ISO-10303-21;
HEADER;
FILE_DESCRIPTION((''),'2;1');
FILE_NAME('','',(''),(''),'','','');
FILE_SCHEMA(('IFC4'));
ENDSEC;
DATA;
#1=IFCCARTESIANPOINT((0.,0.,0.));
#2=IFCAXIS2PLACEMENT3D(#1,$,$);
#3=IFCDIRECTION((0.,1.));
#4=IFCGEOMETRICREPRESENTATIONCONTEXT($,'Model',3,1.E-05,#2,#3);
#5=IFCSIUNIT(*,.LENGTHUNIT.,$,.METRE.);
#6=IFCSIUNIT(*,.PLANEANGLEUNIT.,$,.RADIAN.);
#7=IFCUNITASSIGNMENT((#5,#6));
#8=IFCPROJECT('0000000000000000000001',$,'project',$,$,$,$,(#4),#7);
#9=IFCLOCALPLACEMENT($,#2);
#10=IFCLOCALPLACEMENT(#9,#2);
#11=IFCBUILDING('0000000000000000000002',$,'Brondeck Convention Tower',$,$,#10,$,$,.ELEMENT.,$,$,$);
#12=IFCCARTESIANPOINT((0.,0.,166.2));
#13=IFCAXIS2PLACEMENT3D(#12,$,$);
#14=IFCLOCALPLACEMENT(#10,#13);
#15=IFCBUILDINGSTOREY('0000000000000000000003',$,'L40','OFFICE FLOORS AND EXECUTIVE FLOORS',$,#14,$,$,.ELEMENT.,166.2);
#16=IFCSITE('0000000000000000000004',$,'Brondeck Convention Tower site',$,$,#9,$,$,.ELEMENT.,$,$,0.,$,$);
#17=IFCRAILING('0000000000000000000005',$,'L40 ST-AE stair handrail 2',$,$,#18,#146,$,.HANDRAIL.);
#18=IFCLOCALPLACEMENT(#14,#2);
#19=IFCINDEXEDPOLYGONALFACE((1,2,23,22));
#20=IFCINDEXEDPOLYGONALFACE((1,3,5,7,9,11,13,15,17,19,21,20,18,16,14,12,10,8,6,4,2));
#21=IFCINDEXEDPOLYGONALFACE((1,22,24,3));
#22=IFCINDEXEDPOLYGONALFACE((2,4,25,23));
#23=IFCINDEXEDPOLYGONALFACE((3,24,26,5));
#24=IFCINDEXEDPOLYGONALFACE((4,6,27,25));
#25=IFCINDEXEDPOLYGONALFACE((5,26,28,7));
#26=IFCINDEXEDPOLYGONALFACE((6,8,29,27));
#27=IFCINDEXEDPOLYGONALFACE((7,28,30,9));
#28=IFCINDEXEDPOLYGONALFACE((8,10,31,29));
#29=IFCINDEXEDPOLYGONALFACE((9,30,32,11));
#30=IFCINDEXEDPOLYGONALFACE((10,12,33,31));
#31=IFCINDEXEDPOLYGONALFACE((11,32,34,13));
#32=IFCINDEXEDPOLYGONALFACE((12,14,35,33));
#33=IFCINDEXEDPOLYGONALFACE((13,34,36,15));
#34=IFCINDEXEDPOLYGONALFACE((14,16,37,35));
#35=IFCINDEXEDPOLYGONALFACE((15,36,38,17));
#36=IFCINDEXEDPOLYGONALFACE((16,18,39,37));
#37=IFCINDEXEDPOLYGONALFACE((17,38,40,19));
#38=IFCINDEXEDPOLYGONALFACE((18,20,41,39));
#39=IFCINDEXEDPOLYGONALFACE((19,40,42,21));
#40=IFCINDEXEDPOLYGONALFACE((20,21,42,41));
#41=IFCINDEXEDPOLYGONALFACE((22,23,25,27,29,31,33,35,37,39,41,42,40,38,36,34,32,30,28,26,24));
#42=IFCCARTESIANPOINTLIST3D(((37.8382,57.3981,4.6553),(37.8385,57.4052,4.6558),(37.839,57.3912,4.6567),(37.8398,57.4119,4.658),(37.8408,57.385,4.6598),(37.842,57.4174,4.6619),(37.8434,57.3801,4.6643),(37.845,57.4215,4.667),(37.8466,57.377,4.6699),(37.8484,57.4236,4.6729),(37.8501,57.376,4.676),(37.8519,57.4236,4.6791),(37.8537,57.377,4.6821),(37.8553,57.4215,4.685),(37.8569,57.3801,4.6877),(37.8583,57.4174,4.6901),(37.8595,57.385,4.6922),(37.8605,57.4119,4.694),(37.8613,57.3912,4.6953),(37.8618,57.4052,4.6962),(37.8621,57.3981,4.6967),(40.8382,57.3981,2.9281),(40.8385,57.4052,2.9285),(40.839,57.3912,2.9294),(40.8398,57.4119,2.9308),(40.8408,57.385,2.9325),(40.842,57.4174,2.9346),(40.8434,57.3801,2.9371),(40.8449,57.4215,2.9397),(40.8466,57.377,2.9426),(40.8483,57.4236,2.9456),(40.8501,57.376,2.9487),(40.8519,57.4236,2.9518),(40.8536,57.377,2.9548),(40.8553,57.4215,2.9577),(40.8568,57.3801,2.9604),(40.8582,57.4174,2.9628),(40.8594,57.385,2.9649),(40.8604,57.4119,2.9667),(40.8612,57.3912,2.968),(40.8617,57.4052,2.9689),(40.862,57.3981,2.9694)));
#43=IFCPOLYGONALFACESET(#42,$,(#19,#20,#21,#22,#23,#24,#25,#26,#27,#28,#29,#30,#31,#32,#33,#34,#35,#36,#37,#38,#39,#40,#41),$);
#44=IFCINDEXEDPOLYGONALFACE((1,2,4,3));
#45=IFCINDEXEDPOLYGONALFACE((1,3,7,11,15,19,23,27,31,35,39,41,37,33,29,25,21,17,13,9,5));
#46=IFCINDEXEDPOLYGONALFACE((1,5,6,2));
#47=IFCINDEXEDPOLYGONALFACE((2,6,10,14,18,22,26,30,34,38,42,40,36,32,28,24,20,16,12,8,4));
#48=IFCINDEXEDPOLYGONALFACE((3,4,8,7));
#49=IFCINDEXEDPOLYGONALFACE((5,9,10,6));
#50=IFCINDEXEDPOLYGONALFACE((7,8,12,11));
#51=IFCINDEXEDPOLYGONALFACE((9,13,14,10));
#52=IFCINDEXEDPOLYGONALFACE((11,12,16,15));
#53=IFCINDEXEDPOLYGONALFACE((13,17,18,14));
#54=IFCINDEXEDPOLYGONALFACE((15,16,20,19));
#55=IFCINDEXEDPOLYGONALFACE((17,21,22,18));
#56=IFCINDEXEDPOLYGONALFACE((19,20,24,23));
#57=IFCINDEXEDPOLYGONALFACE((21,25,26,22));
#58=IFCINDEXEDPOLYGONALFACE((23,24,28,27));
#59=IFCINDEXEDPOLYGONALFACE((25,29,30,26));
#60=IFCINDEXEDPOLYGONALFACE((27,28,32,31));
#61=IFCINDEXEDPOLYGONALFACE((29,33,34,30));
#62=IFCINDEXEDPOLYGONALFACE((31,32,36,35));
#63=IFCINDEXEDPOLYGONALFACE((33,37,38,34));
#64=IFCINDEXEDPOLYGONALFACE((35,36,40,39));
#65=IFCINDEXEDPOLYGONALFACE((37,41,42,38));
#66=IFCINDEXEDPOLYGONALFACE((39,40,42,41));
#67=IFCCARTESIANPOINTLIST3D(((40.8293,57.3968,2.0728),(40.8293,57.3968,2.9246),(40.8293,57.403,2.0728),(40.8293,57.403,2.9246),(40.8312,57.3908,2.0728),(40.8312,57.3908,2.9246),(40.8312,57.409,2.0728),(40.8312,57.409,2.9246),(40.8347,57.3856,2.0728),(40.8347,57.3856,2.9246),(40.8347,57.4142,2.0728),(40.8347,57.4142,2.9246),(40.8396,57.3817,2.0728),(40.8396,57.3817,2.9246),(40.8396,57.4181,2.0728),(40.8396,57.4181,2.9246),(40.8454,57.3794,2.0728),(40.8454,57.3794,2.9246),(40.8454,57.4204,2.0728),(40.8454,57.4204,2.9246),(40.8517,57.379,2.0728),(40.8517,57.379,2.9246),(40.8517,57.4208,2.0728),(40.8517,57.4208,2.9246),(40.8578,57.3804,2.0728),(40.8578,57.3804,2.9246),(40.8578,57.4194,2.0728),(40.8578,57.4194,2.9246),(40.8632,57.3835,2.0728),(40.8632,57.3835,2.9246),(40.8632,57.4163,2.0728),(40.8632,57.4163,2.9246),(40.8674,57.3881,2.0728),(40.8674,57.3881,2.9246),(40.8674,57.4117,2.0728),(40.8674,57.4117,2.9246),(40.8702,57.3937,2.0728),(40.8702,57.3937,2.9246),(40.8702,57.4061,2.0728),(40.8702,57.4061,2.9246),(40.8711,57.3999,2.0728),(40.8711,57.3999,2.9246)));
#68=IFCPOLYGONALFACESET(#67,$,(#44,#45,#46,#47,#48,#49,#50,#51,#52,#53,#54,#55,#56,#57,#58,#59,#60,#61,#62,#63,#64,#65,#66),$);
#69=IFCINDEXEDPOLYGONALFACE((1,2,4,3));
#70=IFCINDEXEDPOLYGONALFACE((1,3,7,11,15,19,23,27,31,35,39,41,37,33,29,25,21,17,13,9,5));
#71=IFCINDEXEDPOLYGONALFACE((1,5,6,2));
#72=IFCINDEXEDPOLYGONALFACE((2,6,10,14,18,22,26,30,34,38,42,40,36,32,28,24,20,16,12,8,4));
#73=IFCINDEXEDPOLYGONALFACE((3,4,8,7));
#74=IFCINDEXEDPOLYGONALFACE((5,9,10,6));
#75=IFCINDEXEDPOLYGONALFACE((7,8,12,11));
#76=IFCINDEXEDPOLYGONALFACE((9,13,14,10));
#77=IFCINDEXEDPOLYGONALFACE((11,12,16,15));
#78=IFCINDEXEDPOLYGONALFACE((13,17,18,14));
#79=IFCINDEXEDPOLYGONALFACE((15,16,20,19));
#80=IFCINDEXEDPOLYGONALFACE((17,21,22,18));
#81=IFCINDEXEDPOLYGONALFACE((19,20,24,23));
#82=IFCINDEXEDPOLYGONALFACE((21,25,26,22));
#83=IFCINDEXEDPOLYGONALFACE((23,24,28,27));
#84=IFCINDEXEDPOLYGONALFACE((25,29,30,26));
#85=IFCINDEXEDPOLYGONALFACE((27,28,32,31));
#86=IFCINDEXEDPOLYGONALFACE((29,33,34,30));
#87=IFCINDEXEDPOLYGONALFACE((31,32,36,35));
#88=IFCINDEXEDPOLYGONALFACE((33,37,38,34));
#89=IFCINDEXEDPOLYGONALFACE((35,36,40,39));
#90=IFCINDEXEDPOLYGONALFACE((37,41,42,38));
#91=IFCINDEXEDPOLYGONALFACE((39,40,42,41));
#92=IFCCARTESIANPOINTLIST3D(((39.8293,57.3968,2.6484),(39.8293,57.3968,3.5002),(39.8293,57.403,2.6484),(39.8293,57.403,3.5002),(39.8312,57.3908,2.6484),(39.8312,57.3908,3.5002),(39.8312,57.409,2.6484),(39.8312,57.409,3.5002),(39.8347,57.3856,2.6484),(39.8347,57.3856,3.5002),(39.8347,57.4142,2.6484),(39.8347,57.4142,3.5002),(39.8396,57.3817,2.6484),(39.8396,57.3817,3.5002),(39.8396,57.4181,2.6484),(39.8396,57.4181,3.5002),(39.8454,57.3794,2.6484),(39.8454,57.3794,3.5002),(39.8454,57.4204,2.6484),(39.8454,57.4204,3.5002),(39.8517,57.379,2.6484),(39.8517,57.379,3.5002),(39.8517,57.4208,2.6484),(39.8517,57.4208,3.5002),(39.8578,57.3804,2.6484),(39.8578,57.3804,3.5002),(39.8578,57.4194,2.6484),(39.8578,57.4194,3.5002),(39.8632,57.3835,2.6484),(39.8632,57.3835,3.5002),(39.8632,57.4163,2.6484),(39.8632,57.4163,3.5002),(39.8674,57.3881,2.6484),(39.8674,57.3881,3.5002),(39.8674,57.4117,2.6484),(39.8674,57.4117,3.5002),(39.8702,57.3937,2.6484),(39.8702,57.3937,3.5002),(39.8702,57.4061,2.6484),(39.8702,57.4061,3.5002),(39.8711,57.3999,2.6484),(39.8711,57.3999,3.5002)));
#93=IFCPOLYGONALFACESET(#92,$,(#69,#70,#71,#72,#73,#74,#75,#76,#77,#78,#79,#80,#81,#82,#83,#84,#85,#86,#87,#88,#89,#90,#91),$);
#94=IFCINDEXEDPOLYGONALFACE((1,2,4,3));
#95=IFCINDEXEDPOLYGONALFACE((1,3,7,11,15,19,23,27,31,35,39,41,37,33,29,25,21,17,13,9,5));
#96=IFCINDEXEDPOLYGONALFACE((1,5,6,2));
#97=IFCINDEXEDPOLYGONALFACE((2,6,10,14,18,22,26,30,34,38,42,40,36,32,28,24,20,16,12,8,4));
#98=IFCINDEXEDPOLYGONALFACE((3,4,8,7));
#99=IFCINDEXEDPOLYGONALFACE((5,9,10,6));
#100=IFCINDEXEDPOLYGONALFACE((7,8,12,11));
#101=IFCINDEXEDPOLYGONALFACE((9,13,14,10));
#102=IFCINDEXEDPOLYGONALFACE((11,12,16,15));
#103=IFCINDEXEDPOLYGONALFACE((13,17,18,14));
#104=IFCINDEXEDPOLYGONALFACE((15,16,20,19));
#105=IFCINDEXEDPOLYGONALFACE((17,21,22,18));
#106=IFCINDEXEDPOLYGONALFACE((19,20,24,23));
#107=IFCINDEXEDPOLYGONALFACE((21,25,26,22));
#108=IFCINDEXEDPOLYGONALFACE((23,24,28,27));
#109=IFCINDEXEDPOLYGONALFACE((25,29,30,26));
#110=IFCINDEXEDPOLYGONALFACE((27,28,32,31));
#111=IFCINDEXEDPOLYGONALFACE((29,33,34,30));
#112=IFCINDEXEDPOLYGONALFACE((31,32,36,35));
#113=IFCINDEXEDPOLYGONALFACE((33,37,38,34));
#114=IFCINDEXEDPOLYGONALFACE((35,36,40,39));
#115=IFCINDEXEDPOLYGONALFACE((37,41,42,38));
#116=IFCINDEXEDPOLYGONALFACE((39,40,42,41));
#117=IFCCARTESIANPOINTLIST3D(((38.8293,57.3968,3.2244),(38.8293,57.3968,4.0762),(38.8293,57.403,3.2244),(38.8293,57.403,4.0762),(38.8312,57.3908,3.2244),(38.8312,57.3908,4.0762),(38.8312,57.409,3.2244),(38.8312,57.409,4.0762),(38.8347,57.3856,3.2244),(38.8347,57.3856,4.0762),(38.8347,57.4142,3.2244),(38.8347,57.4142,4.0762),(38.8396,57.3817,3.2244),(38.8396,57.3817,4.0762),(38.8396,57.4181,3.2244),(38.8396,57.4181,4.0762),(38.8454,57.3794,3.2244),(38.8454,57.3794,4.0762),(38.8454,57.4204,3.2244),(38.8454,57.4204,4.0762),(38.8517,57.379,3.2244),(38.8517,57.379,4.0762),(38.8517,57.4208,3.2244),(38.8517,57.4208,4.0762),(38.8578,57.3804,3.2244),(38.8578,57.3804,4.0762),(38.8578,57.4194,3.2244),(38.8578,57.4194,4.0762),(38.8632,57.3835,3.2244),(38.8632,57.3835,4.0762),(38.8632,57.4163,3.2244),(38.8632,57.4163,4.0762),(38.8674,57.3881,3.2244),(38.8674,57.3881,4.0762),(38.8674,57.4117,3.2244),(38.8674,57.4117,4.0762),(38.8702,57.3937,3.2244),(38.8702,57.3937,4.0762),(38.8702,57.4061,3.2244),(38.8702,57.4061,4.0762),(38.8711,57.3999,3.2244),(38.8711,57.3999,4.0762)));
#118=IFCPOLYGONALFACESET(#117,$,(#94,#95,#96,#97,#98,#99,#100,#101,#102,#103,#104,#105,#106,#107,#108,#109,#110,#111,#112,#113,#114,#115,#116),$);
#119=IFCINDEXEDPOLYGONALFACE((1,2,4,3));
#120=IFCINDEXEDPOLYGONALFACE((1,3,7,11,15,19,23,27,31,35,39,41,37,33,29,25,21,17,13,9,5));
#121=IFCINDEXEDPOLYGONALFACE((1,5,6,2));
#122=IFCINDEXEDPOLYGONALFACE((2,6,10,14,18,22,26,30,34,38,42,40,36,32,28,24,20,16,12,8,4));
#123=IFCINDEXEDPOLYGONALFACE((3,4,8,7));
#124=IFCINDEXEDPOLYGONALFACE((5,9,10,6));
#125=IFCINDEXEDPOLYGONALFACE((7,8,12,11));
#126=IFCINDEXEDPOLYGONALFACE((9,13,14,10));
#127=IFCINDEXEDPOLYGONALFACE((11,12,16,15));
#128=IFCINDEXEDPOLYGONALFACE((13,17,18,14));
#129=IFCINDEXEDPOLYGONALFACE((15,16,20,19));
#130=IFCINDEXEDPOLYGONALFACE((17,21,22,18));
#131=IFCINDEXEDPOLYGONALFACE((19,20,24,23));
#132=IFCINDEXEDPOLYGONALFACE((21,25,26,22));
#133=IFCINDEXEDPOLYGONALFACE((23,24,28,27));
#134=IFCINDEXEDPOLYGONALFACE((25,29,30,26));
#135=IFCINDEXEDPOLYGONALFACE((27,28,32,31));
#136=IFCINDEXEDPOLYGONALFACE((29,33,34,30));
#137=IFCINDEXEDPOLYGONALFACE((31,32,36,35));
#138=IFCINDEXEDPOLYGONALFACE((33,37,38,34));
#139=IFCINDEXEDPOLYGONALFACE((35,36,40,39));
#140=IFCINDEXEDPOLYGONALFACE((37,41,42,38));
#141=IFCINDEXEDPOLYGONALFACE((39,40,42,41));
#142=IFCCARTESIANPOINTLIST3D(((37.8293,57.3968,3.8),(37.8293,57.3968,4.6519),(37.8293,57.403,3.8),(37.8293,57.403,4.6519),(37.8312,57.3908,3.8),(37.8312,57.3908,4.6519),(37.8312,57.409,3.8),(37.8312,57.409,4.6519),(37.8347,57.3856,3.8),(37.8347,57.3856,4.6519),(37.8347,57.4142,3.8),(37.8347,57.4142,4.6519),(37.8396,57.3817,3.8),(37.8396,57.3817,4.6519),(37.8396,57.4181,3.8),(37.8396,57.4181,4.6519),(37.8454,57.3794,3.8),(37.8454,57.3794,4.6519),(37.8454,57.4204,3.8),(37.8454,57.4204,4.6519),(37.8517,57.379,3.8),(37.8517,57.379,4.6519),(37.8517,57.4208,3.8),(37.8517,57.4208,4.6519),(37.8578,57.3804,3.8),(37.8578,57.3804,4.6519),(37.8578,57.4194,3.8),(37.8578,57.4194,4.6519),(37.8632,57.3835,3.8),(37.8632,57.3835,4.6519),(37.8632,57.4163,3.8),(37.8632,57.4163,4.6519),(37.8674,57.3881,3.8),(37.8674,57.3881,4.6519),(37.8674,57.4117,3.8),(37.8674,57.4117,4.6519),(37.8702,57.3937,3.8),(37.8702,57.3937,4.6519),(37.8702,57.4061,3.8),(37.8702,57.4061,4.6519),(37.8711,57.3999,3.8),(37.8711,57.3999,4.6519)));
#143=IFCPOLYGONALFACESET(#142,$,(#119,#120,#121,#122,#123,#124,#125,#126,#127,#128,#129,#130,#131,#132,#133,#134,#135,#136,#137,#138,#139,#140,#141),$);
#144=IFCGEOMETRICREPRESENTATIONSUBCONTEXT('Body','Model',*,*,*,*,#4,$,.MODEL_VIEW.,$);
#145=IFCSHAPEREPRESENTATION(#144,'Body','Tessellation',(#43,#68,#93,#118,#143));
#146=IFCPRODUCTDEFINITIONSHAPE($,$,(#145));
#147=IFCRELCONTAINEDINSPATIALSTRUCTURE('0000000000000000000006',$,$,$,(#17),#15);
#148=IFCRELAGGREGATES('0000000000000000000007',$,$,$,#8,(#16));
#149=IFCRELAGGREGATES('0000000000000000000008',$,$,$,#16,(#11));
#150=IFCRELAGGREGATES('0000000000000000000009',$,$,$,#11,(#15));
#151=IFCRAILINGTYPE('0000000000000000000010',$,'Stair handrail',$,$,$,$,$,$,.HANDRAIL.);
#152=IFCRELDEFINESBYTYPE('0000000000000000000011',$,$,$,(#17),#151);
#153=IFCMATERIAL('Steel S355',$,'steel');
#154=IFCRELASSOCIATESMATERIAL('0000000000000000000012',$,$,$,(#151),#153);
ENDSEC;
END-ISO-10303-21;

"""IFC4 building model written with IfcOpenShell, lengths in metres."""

from ifc_helpers import new_model, si_unit, direction, frame, origin, origin_2d, place, context, subcontext, project, spatial, circle, extrude, material, type_object, element, save


model = new_model("IFC4")

# Units and contexts
model_context = context("Model", 3, precision=1e-05, world=origin(), true_north=direction((0.0, 1.0)))
body_context = subcontext(model_context, "Body", "Model", "MODEL_VIEW")
ifc_project = project(units=[si_unit("LENGTHUNIT", "METRE"), si_unit("PLANEANGLEUNIT", "RADIAN")], contexts=[model_context])

# Site, building, storey
site_placement = place(None, origin())
site = spatial("IfcSite", under=ifc_project, at=site_placement, Name="Brondeck Convention Tower site", CompositionType="ELEMENT", RefElevation=0.0)
building_placement = place(site_placement, origin())
building = spatial("IfcBuilding", under=site, at=building_placement, Name="Brondeck Convention Tower", CompositionType="ELEMENT")
storey_placement = place(building_placement, frame((0.0, 0.0, 166.2)))
storey = spatial("IfcBuildingStorey", under=building, at=storey_placement, Name="L40", Description="OFFICE FLOORS AND EXECUTIVE FLOORS", CompositionType="ELEMENT", Elevation=166.2)

# Shared definitions
ifc_material_1 = material(Name="Steel S355", Category="steel")

# Railing
railing_type_1 = type_object("IfcRailingType", Name="Stair handrail", PredefinedType="HANDRAIL", material=ifc_material_1)
railing_1_placement = place(storey_placement, frame((40.8501, 57.3999, 2.0728)))
element("IfcRailing", 1, at=railing_1_placement, inside=storey, type_object=railing_type_1, Name="L40 ST-AE stair handrail 2", PredefinedType="HANDRAIL", context=body_context, shape_type="SweptSolid", body=[
    extrude(circle(Radius=0.0239, at=origin_2d()), frame((0.0, 0.0, 0.876), z_axis=(-0.86662, 0.0, 0.498969), x_axis=(0.0, -1.0, 0.0)), (0.0, 0.0, 1.0), 3.4617),
    extrude(circle(Radius=0.021, at=origin_2d()), origin(), (0.0, 0.0, 1.0), 0.8518),
    extrude(circle(Radius=0.021, at=origin_2d()), frame((-1.0, 0.0, 0.5757)), (0.0, 0.0, 1.0), 0.8518),
    extrude(circle(Radius=0.021, at=origin_2d()), frame((-2.0, 0.0, 1.1516)), (0.0, 0.0, 1.0), 0.8518),
    extrude(circle(Radius=0.021, at=origin_2d()), frame((-3.0, 0.0, 1.7273)), (0.0, 0.0, 1.0), 0.8518),
])

save(model, "model.ifc")
